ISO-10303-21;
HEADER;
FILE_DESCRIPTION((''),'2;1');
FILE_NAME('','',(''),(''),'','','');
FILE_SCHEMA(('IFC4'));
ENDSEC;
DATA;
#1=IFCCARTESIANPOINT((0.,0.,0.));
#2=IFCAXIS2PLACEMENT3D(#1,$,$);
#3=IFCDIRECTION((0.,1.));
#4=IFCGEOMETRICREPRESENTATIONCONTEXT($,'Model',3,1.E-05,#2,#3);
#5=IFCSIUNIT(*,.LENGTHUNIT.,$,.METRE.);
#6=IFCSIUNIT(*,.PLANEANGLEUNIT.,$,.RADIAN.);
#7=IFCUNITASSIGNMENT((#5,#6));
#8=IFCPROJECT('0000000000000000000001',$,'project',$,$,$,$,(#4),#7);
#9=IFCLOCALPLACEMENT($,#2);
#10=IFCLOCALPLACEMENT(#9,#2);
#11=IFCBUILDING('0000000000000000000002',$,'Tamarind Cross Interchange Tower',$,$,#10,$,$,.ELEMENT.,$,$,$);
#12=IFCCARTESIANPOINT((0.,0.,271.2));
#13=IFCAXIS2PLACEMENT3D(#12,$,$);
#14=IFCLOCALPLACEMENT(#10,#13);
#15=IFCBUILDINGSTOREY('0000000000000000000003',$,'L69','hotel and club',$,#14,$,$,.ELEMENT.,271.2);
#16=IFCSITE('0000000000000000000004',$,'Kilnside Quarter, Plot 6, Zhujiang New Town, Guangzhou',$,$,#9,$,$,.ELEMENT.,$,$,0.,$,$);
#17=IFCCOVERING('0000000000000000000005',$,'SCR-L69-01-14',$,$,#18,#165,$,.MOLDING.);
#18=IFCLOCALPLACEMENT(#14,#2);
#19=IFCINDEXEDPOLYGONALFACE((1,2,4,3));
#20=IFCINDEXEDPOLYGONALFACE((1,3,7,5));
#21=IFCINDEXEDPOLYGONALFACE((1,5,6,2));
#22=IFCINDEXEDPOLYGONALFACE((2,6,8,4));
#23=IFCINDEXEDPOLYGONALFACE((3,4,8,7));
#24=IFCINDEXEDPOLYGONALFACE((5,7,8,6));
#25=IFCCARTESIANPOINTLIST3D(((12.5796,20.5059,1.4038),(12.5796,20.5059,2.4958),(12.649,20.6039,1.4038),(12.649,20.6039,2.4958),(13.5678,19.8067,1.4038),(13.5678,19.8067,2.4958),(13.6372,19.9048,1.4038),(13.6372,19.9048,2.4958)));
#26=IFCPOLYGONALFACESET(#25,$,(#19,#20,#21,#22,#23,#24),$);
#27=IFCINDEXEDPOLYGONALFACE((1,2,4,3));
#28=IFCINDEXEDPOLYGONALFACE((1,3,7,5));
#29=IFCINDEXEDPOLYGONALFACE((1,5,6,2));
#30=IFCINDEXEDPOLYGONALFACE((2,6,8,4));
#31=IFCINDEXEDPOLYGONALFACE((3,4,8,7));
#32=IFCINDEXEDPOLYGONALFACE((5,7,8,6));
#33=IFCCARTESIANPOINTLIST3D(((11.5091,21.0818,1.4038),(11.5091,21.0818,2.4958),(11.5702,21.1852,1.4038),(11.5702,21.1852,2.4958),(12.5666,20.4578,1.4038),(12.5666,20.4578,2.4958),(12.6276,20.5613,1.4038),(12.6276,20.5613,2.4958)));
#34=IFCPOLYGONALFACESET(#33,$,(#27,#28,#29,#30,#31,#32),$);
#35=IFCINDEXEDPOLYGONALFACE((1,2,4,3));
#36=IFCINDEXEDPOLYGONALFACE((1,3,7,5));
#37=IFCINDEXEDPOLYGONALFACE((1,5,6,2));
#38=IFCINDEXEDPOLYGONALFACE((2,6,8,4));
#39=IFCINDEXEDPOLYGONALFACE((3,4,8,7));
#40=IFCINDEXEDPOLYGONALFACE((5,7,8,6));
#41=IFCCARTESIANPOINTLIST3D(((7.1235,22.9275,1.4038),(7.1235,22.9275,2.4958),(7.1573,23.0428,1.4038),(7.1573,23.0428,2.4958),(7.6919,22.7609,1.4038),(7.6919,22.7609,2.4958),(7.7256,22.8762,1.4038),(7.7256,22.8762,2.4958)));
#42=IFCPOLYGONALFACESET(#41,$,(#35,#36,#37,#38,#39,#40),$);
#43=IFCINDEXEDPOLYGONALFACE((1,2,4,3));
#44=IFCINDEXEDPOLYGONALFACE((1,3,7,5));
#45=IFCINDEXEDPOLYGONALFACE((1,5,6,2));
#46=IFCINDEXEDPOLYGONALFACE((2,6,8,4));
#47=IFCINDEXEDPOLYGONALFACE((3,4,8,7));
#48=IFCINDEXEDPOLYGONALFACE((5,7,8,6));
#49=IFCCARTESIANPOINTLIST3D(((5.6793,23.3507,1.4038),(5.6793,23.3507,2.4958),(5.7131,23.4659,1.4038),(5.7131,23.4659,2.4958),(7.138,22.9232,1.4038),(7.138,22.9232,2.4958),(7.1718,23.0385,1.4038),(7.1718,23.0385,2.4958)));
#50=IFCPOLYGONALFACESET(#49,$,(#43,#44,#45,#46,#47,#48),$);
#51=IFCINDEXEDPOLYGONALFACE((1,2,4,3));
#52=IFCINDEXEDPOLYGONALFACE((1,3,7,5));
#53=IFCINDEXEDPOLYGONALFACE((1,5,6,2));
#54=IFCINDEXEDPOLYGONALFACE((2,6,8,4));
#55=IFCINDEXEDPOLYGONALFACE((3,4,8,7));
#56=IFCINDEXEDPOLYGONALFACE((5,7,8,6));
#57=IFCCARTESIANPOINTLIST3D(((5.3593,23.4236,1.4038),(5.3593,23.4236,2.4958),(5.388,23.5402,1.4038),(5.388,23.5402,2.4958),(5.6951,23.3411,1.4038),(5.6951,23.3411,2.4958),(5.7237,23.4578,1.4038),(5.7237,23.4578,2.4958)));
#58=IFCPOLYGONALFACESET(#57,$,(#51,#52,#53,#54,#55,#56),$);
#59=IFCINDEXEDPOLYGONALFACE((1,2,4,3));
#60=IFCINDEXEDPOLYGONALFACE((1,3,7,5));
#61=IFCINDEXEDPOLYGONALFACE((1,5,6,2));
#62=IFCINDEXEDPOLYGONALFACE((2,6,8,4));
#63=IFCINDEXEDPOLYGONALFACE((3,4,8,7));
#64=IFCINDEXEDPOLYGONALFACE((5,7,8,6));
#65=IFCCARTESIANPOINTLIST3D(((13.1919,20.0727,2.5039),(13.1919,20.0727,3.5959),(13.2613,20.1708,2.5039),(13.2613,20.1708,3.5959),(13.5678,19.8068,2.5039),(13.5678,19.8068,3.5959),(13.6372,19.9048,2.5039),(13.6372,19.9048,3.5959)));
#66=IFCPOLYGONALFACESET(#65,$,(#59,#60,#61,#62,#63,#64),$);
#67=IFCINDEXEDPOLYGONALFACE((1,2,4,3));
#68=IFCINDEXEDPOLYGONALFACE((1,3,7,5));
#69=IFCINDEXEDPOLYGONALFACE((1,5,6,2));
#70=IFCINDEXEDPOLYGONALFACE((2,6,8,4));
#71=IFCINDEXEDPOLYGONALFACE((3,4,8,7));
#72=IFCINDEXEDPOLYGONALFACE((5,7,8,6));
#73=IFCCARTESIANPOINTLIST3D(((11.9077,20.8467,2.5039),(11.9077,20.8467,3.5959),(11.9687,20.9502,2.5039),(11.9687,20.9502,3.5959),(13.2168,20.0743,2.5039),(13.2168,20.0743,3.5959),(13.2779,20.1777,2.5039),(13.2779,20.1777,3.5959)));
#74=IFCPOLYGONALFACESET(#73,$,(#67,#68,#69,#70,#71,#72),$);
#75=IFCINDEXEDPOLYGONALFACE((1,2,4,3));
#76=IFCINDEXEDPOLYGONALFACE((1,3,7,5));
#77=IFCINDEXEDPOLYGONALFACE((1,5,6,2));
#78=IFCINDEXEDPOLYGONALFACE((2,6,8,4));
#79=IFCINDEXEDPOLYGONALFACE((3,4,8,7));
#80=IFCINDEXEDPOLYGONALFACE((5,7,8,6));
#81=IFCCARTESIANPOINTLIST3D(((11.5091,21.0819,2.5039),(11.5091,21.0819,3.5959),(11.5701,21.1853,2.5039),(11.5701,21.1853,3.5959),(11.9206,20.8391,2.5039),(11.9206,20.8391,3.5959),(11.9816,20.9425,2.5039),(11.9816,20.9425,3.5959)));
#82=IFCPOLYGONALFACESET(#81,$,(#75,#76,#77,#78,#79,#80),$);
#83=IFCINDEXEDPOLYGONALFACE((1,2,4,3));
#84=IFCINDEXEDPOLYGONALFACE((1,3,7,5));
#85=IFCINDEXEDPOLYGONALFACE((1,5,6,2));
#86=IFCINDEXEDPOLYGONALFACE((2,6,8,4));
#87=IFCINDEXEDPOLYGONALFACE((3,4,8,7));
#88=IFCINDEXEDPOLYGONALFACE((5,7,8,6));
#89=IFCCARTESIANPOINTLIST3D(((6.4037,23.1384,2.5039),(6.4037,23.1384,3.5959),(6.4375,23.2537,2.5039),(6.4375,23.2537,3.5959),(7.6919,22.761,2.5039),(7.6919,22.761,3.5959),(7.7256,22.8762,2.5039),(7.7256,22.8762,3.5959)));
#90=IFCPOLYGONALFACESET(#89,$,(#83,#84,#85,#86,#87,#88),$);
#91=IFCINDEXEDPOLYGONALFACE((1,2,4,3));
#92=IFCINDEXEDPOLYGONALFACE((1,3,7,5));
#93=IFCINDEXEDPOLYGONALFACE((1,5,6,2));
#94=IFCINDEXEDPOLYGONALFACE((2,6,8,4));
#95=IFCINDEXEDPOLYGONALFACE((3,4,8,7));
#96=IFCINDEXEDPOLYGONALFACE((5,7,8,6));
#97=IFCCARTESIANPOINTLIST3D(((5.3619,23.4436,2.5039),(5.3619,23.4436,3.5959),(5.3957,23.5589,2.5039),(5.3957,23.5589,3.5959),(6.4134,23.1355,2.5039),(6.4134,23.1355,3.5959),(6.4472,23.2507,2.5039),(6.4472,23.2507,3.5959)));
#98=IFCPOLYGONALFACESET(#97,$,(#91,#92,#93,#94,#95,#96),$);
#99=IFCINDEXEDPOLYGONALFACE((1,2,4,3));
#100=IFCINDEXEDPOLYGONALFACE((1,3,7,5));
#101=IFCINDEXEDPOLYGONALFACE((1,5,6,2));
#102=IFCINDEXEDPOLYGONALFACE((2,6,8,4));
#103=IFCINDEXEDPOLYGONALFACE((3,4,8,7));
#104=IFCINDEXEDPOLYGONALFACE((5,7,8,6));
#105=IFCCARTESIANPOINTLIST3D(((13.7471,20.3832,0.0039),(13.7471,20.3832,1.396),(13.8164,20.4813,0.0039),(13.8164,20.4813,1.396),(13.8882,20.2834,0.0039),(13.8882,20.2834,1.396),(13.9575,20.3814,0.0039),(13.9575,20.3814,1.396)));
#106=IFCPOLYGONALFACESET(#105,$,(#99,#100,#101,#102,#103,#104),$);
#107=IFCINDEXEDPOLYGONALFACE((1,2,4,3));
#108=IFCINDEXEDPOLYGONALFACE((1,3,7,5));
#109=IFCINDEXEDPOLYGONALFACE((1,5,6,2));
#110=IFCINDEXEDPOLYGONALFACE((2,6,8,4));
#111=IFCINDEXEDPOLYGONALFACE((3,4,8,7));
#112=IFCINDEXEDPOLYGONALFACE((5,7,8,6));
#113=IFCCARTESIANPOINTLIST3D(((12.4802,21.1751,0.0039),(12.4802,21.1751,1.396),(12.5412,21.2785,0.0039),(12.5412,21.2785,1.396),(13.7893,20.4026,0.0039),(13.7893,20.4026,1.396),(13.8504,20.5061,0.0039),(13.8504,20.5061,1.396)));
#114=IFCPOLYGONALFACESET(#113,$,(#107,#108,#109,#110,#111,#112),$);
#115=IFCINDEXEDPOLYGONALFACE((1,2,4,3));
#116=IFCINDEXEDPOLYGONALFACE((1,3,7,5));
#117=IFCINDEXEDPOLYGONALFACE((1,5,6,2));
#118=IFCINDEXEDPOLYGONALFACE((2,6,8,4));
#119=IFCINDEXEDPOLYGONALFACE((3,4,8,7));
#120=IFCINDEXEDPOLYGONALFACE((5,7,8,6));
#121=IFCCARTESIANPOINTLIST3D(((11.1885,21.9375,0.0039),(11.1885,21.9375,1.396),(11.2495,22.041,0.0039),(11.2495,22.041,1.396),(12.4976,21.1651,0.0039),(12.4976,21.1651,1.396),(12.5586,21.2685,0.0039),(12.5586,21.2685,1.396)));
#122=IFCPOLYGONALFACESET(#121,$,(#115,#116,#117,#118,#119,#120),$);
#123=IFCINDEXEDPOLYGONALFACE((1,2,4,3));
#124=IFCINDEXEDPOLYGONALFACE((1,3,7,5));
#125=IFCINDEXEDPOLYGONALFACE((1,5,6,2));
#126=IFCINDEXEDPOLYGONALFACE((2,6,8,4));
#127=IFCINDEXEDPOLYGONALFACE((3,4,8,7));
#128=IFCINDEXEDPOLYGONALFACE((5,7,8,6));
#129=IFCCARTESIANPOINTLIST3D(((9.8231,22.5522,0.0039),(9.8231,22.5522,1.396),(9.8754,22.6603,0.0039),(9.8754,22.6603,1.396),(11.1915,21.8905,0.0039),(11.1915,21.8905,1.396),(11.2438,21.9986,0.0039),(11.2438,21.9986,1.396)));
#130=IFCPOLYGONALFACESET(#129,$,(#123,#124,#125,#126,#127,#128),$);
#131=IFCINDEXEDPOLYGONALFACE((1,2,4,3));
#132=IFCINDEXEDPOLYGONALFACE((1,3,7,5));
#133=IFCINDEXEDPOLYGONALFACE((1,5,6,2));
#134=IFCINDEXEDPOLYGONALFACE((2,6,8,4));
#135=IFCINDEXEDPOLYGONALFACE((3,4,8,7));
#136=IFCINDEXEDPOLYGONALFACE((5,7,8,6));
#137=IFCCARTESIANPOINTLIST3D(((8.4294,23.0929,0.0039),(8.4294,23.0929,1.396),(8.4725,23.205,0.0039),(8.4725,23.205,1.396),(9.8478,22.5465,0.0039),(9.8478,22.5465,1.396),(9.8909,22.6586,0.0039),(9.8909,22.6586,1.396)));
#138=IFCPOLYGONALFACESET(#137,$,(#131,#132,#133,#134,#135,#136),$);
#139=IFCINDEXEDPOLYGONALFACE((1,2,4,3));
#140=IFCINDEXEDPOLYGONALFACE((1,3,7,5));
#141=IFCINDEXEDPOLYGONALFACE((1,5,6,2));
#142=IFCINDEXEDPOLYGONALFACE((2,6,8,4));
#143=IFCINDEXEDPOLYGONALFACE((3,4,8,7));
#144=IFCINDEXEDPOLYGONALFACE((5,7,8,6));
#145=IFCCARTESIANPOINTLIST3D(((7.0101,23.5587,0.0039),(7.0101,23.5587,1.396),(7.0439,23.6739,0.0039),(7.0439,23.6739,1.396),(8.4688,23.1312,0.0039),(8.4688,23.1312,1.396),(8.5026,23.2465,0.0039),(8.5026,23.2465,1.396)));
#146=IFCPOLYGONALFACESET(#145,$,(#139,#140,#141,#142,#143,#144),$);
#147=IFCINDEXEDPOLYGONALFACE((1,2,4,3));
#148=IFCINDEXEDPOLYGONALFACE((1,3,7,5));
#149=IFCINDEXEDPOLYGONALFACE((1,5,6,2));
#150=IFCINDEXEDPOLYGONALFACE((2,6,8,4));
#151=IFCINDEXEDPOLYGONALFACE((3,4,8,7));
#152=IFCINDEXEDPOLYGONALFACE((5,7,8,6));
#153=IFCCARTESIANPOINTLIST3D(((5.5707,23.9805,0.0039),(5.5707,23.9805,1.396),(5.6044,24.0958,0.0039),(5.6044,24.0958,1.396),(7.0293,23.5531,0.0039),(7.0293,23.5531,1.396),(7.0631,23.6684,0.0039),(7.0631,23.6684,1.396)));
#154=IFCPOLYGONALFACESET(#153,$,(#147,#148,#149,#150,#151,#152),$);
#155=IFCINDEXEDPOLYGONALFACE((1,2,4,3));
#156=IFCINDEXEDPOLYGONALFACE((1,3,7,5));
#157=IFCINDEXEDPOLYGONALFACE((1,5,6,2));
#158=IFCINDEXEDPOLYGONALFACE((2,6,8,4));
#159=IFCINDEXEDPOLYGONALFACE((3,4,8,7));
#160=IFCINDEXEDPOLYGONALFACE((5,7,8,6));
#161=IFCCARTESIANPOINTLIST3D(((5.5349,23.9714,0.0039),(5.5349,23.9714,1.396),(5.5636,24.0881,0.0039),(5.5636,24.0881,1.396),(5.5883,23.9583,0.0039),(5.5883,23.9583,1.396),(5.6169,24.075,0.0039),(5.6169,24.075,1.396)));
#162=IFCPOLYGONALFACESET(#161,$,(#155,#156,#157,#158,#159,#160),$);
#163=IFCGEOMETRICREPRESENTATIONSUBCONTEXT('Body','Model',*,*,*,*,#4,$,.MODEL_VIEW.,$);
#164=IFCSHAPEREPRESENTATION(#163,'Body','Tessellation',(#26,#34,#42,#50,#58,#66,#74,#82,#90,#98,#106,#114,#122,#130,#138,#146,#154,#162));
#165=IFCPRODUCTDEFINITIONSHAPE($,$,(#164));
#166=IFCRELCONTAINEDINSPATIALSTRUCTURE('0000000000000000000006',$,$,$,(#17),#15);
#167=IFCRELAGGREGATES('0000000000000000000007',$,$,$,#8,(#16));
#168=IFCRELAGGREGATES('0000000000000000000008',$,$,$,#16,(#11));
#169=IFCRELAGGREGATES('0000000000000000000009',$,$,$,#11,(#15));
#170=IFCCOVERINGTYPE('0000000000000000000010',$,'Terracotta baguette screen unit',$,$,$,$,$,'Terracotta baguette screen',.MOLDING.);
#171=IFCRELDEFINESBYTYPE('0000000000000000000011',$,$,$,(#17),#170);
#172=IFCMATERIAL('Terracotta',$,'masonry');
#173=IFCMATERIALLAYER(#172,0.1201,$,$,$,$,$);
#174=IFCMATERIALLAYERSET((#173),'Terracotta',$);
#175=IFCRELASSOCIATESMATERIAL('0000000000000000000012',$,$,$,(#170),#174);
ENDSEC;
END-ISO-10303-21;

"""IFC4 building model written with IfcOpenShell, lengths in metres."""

from ifc_helpers import new_model, si_unit, direction, frame, origin, origin_2d, place, context, subcontext, project, spatial, rectangle, extrude, material, layer, layer_set, type_object, element, save


model = new_model("IFC4")

# Units and contexts
model_context = context("Model", 3, precision=1e-05, world=origin(), true_north=direction((0.0, 1.0)))
body_context = subcontext(model_context, "Body", "Model", "MODEL_VIEW")
ifc_project = project(units=[si_unit("LENGTHUNIT", "METRE"), si_unit("PLANEANGLEUNIT", "RADIAN")], contexts=[model_context])

# Site, building, storey
site_placement = place(None, origin())
site = spatial("IfcSite", under=ifc_project, at=site_placement, Name="Kilnside Quarter, Plot 6, Zhujiang New Town, Guangzhou", CompositionType="ELEMENT", RefElevation=0.0)
building_placement = place(site_placement, origin())
building = spatial("IfcBuilding", under=site, at=building_placement, Name="Tamarind Cross Interchange Tower", CompositionType="ELEMENT")
storey_placement = place(building_placement, frame((0.0, 0.0, 271.2)))
storey = spatial("IfcBuildingStorey", under=building, at=storey_placement, Name="L69", Description="hotel and club", CompositionType="ELEMENT", Elevation=271.2)

# Covering
ifc_material_1 = material(Name="Terracotta", Category="masonry")
ifc_layer_1 = layer(ifc_material_1, 0.1201)
ifc_layer_set_1 = layer_set([ifc_layer_1], Name="Terracotta")
covering_type = type_object("IfcCoveringType", Name="Terracotta baguette screen unit", ElementType="Terracotta baguette screen", PredefinedType="MOLDING", material=ifc_layer_set_1)
covering_1_placement = place(storey_placement, origin())
element("IfcCovering", 1, at=covering_1_placement, inside=storey, type_object=covering_type, Name="SCR-L69-01-14", PredefinedType="MOLDING", context=body_context, shape_type="SweptSolid", body=[
    extrude(rectangle(XDim=1.2104, YDim=0.1201, at=origin_2d()), frame((13.1084, 20.2053, 1.4038), z_axis=(0.0, 0.0, 1.0), x_axis=(-0.816342, 0.577569, 0.0)), (0.0, 0.0, 1.0), 1.092),
    extrude(rectangle(XDim=1.2278, YDim=0.1201, at=origin_2d()), frame((12.0684, 20.8215, 1.4038), z_axis=(0.0, 0.0, 1.0), x_axis=(-0.861249, 0.508183, 0.0)), (0.0, 0.0, 1.0), 1.092),
    extrude(rectangle(XDim=0.5923, YDim=0.1201, at=origin_2d()), frame((7.4246, 22.9019, 1.4038), z_axis=(0.0, 0.0, 1.0), x_axis=(-0.959647, 0.281209, 0.0)), (0.0, 0.0, 1.0), 1.092),
    extrude(rectangle(XDim=1.52, YDim=0.1201, at=origin_2d()), frame((6.4255, 23.1946, 1.4038), z_axis=(0.0, 0.0, 1.0), x_axis=(-0.959647, 0.281209, 0.0)), (0.0, 0.0, 1.0), 1.092),
    extrude(rectangle(XDim=0.3457, YDim=0.1201, at=origin_2d()), frame((5.5415, 23.4407, 1.4038), z_axis=(0.0, 0.0, 1.0), x_axis=(-0.97116, 0.238427, 0.0)), (0.0, 0.0, 1.0), 1.092),
    extrude(rectangle(XDim=0.4604, YDim=0.1201, at=origin_2d()), frame((13.4146, 19.9888, 2.5039), z_axis=(0.0, 0.0, 1.0), x_axis=(-0.816342, 0.577569, 0.0)), (0.0, 0.0, 1.0), 1.092),
    extrude(rectangle(XDim=1.52, YDim=0.1201, at=origin_2d()), frame((12.5928, 20.5122, 2.5039), z_axis=(0.0, 0.0, 1.0), x_axis=(-0.861249, 0.508183, 0.0)), (0.0, 0.0, 1.0), 1.092),
    extrude(rectangle(XDim=0.4778, YDim=0.1201, at=origin_2d()), frame((11.7454, 21.0122, 2.5039), z_axis=(0.0, 0.0, 1.0), x_axis=(-0.861249, 0.508183, 0.0)), (0.0, 0.0, 1.0), 1.092),
    extrude(rectangle(XDim=1.3423, YDim=0.1201, at=origin_2d()), frame((7.0647, 23.0073, 2.5039), z_axis=(0.0, 0.0, 1.0), x_axis=(-0.959647, 0.281209, 0.0)), (0.0, 0.0, 1.0), 1.092),
    extrude(rectangle(XDim=1.0957, YDim=0.1201, at=origin_2d()), frame((5.9045, 23.3472, 2.5039), z_axis=(0.0, 0.0, 1.0), x_axis=(-0.959647, 0.281209, 0.0)), (0.0, 0.0, 1.0), 1.092),
    extrude(rectangle(XDim=0.1729, YDim=0.1201, at=origin_2d()), frame((13.8523, 20.3823, 0.0039), z_axis=(0.0, 0.0, 1.0), x_axis=(-0.816342, 0.577569, 0.0)), (0.0, 0.0, 1.0), 1.3921),
    extrude(rectangle(XDim=1.52, YDim=0.1201, at=origin_2d()), frame((13.1653, 20.8406, 0.0039), z_axis=(0.0, 0.0, 1.0), x_axis=(-0.861249, 0.508183, 0.0)), (0.0, 0.0, 1.0), 1.3921),
    extrude(rectangle(XDim=1.52, YDim=0.1201, at=origin_2d()), frame((11.8735, 21.603, 0.0039), z_axis=(0.0, 0.0, 1.0), x_axis=(-0.861249, 0.508183, 0.0)), (0.0, 0.0, 1.0), 1.3921),
    extrude(rectangle(XDim=1.52, YDim=0.1201, at=origin_2d()), frame((10.5334, 22.2754, 0.0039), z_axis=(0.0, 0.0, 1.0), x_axis=(-0.900273, 0.435326, 0.0)), (0.0, 0.0, 1.0), 1.3921),
    extrude(rectangle(XDim=1.52, YDim=0.1201, at=origin_2d()), frame((9.1602, 22.8757, 0.0039), z_axis=(0.0, 0.0, 1.0), x_axis=(-0.933147, 0.359495, 0.0)), (0.0, 0.0, 1.0), 1.3921),
    extrude(rectangle(XDim=1.52, YDim=0.1201, at=origin_2d()), frame((7.7563, 23.4026, 0.0039), z_axis=(0.0, 0.0, 1.0), x_axis=(-0.959647, 0.281209, 0.0)), (0.0, 0.0, 1.0), 1.3921),
    extrude(rectangle(XDim=1.52, YDim=0.1201, at=origin_2d()), frame((6.3169, 23.8245, 0.0039), z_axis=(0.0, 0.0, 1.0), x_axis=(-0.959647, 0.281209, 0.0)), (0.0, 0.0, 1.0), 1.3921),
    extrude(rectangle(XDim=0.0549, YDim=0.1201, at=origin_2d()), frame((5.5759, 24.0232, 0.0039), z_axis=(0.0, 0.0, 1.0), x_axis=(-0.97116, 0.238427, 0.0)), (0.0, 0.0, 1.0), 1.3921),
])

save(model, "model.ifc")
